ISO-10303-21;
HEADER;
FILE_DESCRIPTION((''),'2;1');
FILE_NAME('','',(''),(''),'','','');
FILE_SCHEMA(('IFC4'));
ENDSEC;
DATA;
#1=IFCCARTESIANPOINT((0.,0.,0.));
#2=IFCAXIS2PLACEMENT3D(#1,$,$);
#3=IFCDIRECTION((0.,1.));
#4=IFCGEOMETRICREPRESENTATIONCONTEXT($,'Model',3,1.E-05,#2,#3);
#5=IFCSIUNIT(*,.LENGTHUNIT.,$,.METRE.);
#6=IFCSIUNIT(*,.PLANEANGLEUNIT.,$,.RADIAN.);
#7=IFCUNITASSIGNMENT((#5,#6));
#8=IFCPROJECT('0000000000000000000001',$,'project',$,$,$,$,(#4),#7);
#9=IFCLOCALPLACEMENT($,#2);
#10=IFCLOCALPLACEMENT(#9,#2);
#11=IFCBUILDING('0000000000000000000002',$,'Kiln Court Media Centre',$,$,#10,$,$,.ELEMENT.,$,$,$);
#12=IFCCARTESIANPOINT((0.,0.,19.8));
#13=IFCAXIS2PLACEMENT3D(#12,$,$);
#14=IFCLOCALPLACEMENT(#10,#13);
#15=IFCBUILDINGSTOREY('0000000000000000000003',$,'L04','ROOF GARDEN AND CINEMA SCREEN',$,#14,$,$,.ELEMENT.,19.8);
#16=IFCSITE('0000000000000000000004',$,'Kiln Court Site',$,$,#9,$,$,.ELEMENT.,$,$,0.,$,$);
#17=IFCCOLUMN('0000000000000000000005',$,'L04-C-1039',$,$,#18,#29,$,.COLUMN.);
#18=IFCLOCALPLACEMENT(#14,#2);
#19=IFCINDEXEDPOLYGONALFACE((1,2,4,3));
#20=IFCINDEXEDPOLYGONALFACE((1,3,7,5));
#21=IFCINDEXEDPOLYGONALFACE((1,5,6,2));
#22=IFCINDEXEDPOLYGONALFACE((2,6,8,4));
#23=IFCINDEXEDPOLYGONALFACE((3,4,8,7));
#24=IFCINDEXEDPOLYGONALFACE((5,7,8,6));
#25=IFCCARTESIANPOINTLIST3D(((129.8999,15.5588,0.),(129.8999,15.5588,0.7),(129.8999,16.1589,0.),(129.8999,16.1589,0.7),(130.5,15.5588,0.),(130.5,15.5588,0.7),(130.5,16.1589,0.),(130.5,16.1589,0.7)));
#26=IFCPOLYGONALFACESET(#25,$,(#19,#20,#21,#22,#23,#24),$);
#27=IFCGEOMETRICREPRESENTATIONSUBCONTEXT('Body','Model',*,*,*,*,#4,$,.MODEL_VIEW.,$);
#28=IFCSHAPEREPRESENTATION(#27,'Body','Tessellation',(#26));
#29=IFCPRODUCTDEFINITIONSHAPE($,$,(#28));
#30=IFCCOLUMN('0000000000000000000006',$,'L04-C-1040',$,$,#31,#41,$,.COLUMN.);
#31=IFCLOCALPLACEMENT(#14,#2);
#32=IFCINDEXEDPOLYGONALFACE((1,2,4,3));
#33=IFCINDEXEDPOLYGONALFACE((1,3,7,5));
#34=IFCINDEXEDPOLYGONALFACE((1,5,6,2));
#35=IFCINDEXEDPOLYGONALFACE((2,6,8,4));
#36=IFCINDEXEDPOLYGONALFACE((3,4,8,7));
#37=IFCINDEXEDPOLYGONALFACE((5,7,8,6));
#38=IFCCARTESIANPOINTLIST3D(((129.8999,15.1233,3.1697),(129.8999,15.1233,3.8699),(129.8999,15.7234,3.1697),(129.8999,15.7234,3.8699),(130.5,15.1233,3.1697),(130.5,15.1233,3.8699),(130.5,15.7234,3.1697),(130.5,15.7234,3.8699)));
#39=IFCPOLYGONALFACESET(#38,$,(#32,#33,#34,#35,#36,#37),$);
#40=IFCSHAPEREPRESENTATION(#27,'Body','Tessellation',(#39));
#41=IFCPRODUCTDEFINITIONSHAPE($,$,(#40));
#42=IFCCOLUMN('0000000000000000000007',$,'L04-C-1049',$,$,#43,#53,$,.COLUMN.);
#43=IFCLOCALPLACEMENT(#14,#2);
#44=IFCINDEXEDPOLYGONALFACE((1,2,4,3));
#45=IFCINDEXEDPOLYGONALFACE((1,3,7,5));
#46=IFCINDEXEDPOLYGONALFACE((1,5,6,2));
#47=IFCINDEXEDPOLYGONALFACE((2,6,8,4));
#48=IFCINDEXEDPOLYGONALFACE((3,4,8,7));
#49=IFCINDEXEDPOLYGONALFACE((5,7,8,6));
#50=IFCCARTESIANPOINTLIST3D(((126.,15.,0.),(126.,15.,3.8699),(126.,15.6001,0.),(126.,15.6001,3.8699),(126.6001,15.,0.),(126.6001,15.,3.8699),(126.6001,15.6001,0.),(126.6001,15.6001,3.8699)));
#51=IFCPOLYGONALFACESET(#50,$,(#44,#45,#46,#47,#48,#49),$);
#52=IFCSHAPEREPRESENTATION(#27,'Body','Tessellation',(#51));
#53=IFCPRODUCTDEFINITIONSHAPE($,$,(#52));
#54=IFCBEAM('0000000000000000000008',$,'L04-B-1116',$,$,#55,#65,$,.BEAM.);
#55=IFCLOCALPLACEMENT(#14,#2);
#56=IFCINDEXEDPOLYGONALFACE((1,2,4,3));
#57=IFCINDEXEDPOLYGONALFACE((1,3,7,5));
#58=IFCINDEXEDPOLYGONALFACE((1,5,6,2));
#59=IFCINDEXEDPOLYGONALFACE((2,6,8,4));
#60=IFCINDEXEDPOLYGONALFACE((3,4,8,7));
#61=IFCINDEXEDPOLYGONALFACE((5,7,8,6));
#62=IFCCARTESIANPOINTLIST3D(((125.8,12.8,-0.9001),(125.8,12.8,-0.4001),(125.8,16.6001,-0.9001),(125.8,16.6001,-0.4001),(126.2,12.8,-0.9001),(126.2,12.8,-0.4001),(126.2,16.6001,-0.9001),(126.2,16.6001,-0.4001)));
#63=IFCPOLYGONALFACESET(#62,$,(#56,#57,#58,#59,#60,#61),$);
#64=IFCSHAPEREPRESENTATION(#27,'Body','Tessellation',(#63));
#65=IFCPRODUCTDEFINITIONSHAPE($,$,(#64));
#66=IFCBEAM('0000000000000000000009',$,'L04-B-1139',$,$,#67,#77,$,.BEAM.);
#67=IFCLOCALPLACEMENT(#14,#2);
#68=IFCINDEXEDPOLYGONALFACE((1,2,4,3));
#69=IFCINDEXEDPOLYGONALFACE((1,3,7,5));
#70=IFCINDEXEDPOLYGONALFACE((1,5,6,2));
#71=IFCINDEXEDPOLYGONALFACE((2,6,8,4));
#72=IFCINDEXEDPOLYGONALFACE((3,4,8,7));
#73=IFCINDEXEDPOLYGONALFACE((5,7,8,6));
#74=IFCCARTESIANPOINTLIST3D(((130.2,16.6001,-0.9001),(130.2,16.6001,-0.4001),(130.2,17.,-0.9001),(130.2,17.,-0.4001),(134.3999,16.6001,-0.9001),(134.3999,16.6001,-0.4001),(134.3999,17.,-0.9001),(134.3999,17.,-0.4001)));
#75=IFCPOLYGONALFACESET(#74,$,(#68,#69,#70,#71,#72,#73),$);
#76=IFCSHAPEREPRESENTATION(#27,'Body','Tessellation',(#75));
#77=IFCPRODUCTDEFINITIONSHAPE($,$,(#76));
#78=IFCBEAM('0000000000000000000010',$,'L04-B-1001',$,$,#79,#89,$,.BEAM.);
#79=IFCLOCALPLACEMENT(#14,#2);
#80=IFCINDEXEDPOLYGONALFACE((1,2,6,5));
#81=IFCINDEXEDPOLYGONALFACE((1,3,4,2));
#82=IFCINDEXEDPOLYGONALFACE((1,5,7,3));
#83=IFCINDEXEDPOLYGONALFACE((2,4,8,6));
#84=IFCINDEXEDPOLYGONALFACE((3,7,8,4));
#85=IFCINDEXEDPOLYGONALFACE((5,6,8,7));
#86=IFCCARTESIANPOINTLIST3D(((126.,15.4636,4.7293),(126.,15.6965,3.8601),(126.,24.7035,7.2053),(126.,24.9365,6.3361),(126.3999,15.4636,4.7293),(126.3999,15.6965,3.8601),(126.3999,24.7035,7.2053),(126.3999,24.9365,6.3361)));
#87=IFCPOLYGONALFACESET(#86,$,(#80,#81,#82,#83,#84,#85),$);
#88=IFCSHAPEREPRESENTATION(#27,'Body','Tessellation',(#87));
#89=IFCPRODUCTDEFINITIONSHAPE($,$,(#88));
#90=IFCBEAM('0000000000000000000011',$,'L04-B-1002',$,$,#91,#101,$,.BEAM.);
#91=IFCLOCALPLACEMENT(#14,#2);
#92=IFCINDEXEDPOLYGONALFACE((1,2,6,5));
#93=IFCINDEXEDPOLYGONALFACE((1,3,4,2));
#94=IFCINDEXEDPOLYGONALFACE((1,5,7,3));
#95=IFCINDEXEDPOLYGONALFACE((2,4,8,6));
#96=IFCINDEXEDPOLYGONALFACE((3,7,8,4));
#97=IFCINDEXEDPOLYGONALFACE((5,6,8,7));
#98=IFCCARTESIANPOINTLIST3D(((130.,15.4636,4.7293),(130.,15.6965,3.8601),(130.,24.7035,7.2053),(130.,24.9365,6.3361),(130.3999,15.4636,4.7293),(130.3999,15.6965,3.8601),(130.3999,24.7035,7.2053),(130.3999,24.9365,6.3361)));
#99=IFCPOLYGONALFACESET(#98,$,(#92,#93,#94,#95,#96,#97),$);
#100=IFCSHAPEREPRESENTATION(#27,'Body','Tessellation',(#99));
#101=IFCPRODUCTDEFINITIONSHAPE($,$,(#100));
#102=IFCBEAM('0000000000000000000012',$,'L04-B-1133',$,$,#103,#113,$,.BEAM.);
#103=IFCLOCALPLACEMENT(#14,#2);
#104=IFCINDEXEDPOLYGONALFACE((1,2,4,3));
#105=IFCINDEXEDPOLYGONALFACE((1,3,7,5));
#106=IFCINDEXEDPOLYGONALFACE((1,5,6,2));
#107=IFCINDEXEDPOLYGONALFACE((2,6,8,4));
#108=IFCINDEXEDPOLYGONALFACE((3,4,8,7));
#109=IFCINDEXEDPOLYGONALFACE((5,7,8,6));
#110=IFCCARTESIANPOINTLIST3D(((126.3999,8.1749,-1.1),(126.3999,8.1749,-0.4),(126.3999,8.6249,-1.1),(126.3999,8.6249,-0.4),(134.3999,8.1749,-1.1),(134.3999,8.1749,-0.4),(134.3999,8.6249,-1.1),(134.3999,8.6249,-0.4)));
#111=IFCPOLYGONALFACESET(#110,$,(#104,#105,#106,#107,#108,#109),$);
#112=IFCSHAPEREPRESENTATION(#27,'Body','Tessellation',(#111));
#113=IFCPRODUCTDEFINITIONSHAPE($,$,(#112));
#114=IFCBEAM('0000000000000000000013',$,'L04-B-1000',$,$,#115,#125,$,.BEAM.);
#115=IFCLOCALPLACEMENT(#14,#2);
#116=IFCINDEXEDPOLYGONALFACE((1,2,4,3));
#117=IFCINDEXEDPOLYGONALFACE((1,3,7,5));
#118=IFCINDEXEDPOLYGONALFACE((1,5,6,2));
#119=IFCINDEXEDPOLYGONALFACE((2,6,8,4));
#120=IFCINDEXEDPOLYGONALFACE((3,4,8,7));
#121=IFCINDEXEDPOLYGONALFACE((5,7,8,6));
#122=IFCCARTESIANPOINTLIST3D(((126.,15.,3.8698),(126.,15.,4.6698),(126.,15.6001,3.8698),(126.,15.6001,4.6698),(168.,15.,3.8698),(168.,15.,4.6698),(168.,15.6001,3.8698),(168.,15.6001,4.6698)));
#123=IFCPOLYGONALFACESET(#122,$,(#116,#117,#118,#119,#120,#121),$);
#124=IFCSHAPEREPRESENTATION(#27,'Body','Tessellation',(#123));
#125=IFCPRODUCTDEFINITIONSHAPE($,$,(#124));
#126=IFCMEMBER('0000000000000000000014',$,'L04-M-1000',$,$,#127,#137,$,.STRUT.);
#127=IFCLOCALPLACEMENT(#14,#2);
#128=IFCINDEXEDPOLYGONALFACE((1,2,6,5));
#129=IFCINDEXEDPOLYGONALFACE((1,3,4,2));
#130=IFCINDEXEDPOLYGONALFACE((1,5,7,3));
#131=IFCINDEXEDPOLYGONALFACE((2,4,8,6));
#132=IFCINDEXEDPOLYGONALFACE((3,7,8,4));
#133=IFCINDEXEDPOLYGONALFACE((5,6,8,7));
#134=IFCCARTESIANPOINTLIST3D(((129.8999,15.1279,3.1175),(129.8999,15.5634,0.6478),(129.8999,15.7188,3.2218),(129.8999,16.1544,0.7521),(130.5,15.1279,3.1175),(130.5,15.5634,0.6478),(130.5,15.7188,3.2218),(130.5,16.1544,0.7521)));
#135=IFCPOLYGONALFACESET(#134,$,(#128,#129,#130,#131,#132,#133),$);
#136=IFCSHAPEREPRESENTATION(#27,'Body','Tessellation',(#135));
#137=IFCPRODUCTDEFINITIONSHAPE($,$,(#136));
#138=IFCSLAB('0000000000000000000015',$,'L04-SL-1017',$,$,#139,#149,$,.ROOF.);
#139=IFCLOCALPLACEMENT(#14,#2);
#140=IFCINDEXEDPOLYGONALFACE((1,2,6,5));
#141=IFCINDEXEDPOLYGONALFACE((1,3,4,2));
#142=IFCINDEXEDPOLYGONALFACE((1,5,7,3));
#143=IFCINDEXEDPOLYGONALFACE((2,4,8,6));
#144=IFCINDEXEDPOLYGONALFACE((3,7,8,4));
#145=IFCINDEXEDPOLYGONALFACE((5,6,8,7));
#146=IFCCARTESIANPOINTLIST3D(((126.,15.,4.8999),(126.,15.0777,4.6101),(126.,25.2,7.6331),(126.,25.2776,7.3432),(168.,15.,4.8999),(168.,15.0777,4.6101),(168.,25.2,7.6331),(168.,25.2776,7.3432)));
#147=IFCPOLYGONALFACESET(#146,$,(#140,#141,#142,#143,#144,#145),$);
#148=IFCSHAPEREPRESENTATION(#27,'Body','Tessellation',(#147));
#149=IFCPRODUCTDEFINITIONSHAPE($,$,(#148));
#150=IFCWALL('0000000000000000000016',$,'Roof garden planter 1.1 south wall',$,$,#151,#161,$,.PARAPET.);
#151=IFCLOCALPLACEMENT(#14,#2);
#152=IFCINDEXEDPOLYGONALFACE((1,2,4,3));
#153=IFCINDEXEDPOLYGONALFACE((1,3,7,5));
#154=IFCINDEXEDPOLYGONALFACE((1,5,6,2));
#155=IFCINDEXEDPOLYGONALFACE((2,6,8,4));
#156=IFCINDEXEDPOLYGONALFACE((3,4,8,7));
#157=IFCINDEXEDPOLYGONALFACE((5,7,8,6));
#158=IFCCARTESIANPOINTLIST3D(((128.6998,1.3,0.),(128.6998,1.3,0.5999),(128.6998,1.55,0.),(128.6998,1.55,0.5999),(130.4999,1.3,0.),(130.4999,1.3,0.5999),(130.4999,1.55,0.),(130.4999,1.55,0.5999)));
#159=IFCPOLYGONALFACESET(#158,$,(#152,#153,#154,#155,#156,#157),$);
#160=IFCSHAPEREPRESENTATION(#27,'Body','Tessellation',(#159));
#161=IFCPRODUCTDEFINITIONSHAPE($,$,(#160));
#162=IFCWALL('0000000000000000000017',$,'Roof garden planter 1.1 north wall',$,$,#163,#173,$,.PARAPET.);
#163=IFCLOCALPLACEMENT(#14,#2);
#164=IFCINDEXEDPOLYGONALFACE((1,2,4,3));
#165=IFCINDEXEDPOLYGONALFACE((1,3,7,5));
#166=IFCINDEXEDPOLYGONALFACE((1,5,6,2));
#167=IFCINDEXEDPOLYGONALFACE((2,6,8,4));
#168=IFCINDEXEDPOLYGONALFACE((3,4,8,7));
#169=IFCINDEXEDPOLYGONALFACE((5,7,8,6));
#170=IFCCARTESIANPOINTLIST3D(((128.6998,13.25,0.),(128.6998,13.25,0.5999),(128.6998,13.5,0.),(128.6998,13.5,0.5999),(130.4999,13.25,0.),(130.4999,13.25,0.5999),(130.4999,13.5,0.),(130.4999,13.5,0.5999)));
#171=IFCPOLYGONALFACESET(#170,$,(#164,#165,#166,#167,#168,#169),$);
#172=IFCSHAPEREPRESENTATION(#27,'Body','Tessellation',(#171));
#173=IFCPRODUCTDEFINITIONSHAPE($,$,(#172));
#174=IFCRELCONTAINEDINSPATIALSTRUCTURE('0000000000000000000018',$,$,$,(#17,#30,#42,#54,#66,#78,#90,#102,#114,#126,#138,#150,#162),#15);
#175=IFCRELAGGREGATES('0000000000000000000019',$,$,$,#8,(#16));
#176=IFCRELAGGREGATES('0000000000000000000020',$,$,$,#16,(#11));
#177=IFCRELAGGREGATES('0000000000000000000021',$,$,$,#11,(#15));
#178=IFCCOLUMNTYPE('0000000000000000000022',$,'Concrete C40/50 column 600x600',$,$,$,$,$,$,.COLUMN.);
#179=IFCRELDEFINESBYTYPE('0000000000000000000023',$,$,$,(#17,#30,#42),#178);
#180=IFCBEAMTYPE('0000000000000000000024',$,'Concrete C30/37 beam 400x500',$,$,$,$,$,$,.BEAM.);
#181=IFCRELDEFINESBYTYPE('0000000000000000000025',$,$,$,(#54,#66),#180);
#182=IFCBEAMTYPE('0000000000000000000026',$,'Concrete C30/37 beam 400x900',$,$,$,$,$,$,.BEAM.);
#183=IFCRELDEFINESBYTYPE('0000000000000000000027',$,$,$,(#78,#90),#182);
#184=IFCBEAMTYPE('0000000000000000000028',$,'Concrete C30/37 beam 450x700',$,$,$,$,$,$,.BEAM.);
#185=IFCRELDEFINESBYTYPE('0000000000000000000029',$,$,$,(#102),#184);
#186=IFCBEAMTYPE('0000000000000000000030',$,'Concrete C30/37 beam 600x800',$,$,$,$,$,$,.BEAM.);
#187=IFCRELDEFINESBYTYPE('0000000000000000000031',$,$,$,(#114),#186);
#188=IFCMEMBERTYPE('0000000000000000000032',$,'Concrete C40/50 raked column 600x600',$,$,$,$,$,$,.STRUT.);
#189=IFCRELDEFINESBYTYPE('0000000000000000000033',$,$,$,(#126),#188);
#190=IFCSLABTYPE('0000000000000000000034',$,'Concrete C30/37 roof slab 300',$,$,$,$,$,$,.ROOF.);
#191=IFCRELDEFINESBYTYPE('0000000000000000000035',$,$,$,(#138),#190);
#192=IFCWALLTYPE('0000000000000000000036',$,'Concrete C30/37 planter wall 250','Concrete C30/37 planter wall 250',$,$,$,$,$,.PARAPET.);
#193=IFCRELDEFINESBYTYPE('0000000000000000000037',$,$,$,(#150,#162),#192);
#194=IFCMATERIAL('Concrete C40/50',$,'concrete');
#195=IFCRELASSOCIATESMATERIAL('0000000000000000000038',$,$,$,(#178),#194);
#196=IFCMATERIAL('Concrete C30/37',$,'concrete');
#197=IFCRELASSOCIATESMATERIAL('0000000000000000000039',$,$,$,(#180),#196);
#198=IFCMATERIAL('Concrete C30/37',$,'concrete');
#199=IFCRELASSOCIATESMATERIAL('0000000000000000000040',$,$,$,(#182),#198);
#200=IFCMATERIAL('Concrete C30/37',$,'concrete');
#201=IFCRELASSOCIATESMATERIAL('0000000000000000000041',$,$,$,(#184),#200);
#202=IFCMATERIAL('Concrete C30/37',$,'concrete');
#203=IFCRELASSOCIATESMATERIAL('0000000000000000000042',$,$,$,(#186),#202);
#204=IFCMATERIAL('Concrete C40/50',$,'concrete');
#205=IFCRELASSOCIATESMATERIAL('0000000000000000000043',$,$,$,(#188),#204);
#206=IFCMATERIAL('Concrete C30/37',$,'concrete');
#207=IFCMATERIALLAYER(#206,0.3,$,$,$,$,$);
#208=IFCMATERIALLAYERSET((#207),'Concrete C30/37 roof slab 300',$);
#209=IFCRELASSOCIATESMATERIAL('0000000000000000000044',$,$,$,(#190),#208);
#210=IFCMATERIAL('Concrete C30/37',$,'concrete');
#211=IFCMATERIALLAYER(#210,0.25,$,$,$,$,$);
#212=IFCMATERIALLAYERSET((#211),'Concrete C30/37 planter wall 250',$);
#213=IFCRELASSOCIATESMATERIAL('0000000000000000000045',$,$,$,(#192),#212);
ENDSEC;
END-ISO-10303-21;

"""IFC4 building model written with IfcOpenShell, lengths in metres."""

from ifc_helpers import new_model, si_unit, direction, frame, frame_2d, origin, origin_2d, place, context, subcontext, project, spatial, polyline, rectangle, outline, extrude, material, layer, layer_set, material_profile, profile_set, type_object, element, save


model = new_model("IFC4")

# Units and contexts
model_context = context("Model", 3, precision=1e-05, world=origin(), true_north=direction((0.0, 1.0)))
body_context = subcontext(model_context, "Body", "Model", "MODEL_VIEW")
ifc_project = project(units=[si_unit("LENGTHUNIT", "METRE"), si_unit("PLANEANGLEUNIT", "RADIAN")], contexts=[model_context])

# Site, building, storey
site_placement = place(None, origin())
site = spatial("IfcSite", under=ifc_project, at=site_placement, Name="Kiln Court Site", CompositionType="ELEMENT", RefElevation=0.0)
building_placement = place(site_placement, origin())
building = spatial("IfcBuilding", under=site, at=building_placement, Name="Kiln Court Media Centre", CompositionType="ELEMENT")
storey_placement = place(building_placement, frame((0.0, 0.0, 19.8)))
storey = spatial("IfcBuildingStorey", under=building, at=storey_placement, Name="L04", Description="ROOF GARDEN AND CINEMA SCREEN", CompositionType="ELEMENT", Elevation=19.8)

# Columns
ifc_material_1 = material(Name="Concrete C40/50", Category="concrete")
ifc_material_profile_1 = material_profile(ifc_material_1, rectangle(XDim=0.6001, YDim=0.6001, at=origin_2d()), Name="RC 600x600")
ifc_profile_set_1 = profile_set([ifc_material_profile_1], Name="Concrete C40/50")
column_type = type_object("IfcColumnType", Name="Concrete C40/50 column 600x600", PredefinedType="COLUMN", material=ifc_profile_set_1)
column_1_placement = place(storey_placement, frame((130.2, 15.8589, 0.0), z_axis=(0.0, 0.0, 1.0), x_axis=(1.0, 0.0, 0.0)))
element("IfcColumn", 1, at=column_1_placement, inside=storey, type_object=column_type, Name="L04-C-1039", PredefinedType="COLUMN", context=body_context, shape_type="SweptSolid", body=[
    extrude(rectangle(XDim=0.6001, YDim=0.6001, at=origin_2d()), origin(), (0.0, 0.0, 1.0), 0.7),
])
column_2_placement = place(storey_placement, frame((130.2, 15.4233, 3.1697), z_axis=(0.0, 0.0, 1.0), x_axis=(1.0, 0.0, 0.0)))
element("IfcColumn", 2, at=column_2_placement, inside=storey, type_object=column_type, Name="L04-C-1040", PredefinedType="COLUMN", context=body_context, shape_type="SweptSolid", body=[
    extrude(rectangle(XDim=0.6001, YDim=0.6001, at=origin_2d()), origin(), (0.0, 0.0, 1.0), 0.7002),
])
column_3_placement = place(storey_placement, frame((126.3, 15.3, 0.0), z_axis=(0.0, 0.0, 1.0), x_axis=(1.0, 0.0, 0.0)))
element("IfcColumn", 3, at=column_3_placement, inside=storey, type_object=column_type, Name="L04-C-1049", PredefinedType="COLUMN", context=body_context, shape_type="SweptSolid", body=[
    extrude(rectangle(XDim=0.6001, YDim=0.6001, at=origin_2d()), origin(), (0.0, 0.0, 1.0), 3.8699),
])

# Beams
ifc_material_2 = material(Name="Concrete C30/37", Category="concrete")
ifc_material_profile_2 = material_profile(ifc_material_2, rectangle(XDim=0.3999, YDim=0.5, at=origin_2d()), Name="RC 400x500")
ifc_profile_set_2 = profile_set([ifc_material_profile_2], Name="Concrete C30/37")
beam_type_1 = type_object("IfcBeamType", Name="Concrete C30/37 beam 400x500", PredefinedType="BEAM", material=ifc_profile_set_2)
beam_1_placement = place(storey_placement, frame((126.0, 12.8, -0.6501), z_axis=(0.0, 1.0, 0.0), x_axis=(-1.0, 0.0, 0.0)))
element("IfcBeam", 4, at=beam_1_placement, inside=storey, type_object=beam_type_1, Name="L04-B-1116", PredefinedType="BEAM", context=body_context, shape_type="SweptSolid", body=[
    extrude(rectangle(XDim=0.3999, YDim=0.5, at=origin_2d()), origin(), (0.0, 0.0, 1.0), 3.8),
])
beam_2_placement = place(storey_placement, frame((130.2, 16.8, -0.6501), z_axis=(1.0, 0.0, 0.0), x_axis=(0.0, 1.0, 0.0)))
element("IfcBeam", 5, at=beam_2_placement, inside=storey, type_object=beam_type_1, Name="L04-B-1139", PredefinedType="BEAM", context=body_context, shape_type="SweptSolid", body=[
    extrude(rectangle(XDim=0.3999, YDim=0.5, at=origin_2d()), origin(), (0.0, 0.0, 1.0), 4.2),
])
ifc_material_3 = material(Name="Concrete C30/37", Category="concrete")
ifc_material_profile_3 = material_profile(ifc_material_3, rectangle(XDim=0.3999, YDim=0.8999, at=origin_2d()), Name="RC 400x900")
ifc_profile_set_3 = profile_set([ifc_material_profile_3], Name="Concrete C30/37")
beam_type_2 = type_object("IfcBeamType", Name="Concrete C30/37 beam 400x900", PredefinedType="BEAM", material=ifc_profile_set_3)
for number, where, z_axis, x_axis, name in (
    (6, (126.2, 15.5801, 4.2947), (0.0, 0.96592, 0.258841), (-1.0, 0.0, 0.0), "L04-B-1001"),
    (7, (130.2, 15.5801, 4.2947), (0.0, 0.96592, 0.258841), (-1.0, 0.0, 0.0), "L04-B-1002"),
):
    element("IfcBeam", number, at=place(storey_placement, frame(where, z_axis=z_axis, x_axis=x_axis)), inside=storey, type_object=beam_type_2, Name=name, PredefinedType="BEAM", context=body_context, shape_type="SweptSolid", body=[
        extrude(rectangle(XDim=0.3999, YDim=0.8999, at=origin_2d()), origin(), (0.0, 0.0, 1.0), 9.5659),
    ])
ifc_material_4 = material(Name="Concrete C30/37", Category="concrete")
ifc_material_profile_4 = material_profile(ifc_material_4, rectangle(XDim=0.45, YDim=0.7, at=origin_2d()), Name="RC 450x700")
ifc_profile_set_4 = profile_set([ifc_material_profile_4], Name="Concrete C30/37")
beam_type_3 = type_object("IfcBeamType", Name="Concrete C30/37 beam 450x700", PredefinedType="BEAM", material=ifc_profile_set_4)
beam_3_placement = place(storey_placement, frame((126.3999, 8.3999, -0.75), z_axis=(1.0, 0.0, 0.0), x_axis=(0.0, 1.0, 0.0)))
element("IfcBeam", 8, at=beam_3_placement, inside=storey, type_object=beam_type_3, Name="L04-B-1133", PredefinedType="BEAM", context=body_context, shape_type="SweptSolid", body=[
    extrude(rectangle(XDim=0.45, YDim=0.7, at=origin_2d()), origin(), (0.0, 0.0, 1.0), 8.0),
])
ifc_material_5 = material(Name="Concrete C30/37", Category="concrete")
ifc_material_profile_5 = material_profile(ifc_material_5, rectangle(XDim=0.6001, YDim=0.8, at=origin_2d()), Name="RC 600x800")
ifc_profile_set_5 = profile_set([ifc_material_profile_5], Name="Concrete C30/37")
beam_type_4 = type_object("IfcBeamType", Name="Concrete C30/37 beam 600x800", PredefinedType="BEAM", material=ifc_profile_set_5)
beam_4_placement = place(storey_placement, frame((126.0, 15.3, 4.2698), z_axis=(1.0, 0.0, 0.0), x_axis=(0.0, 1.0, 0.0)))
element("IfcBeam", 9, at=beam_4_placement, inside=storey, type_object=beam_type_4, Name="L04-B-1000", PredefinedType="BEAM", context=body_context, shape_type="SweptSolid", body=[
    extrude(rectangle(XDim=0.6001, YDim=0.8, at=origin_2d()), origin(), (0.0, 0.0, 1.0), 42.0),
])

# Member
ifc_material_6 = material(Name="Concrete C40/50", Category="concrete")
ifc_material_profile_6 = material_profile(ifc_material_6, rectangle(XDim=0.6001, YDim=0.6001, at=origin_2d()), Name="RC 600x600")
ifc_profile_set_6 = profile_set([ifc_material_profile_6], Name="Concrete C40/50")
member_type = type_object("IfcMemberType", Name="Concrete C40/50 raked column 600x600", PredefinedType="STRUT", material=ifc_profile_set_6)
member_placement = place(storey_placement, frame((130.2, 15.8589, 0.7), z_axis=(0.0, -0.173674, 0.984803), x_axis=(1.0, 0.0, 0.0)))
element("IfcMember", 10, at=member_placement, inside=storey, type_object=member_type, Name="L04-M-1000", PredefinedType="STRUT", context=body_context, shape_type="SweptSolid", body=[
    extrude(rectangle(XDim=0.6001, YDim=0.6001, at=origin_2d()), origin(), (0.0, 0.0, 1.0), 2.5078),
])

# Slab
ifc_material_7 = material(Name="Concrete C30/37", Category="concrete")
ifc_layer_1 = layer(ifc_material_7, 0.3)
ifc_layer_set_1 = layer_set([ifc_layer_1], Name="Concrete C30/37 roof slab 300")
slab_type = type_object("IfcSlabType", Name="Concrete C30/37 roof slab 300", PredefinedType="ROOF", material=ifc_layer_set_1)
slab_placement = place(storey_placement, frame((126.0, 15.0, 4.8999), z_axis=(0.0, -0.258827, 0.965924), x_axis=(1.0, 0.0, 0.0)))
element("IfcSlab", 11, at=slab_placement, inside=storey, type_object=slab_type, Name="L04-SL-1017", PredefinedType="ROOF", context=body_context, shape_type="SweptSolid", body=[
    extrude(outline(polyline([(0.0, 0.0), (42.0, 0.0), (42.0, 10.5598), (0.0, 10.5598), (0.0, 0.0)])), origin(), (0.0, 0.0, -1.0), 0.3),
])

# Walls
ifc_material_8 = material(Name="Concrete C30/37", Category="concrete")
ifc_layer_2 = layer(ifc_material_8, 0.25)
ifc_layer_set_2 = layer_set([ifc_layer_2], Name="Concrete C30/37 planter wall 250")
wall_type_1 = type_object("IfcWallType", Name="Concrete C30/37 planter wall 250", Description="Concrete C30/37 planter wall 250", PredefinedType="PARAPET", material=ifc_layer_set_2)
for number, where, z_axis, x_axis, name in (
    (12, (128.7, 1.425, 0.0), (0.0, 0.0, 1.0), (1.0, 0.0, 0.0), "Roof garden planter 1.1 south wall"),
    (13, (128.7, 13.375, 0.0), (0.0, 0.0, 1.0), (1.0, 0.0, 0.0), "Roof garden planter 1.1 north wall"),
):
    element("IfcWall", number, at=place(storey_placement, frame(where, z_axis=z_axis, x_axis=x_axis)), inside=storey, type_object=wall_type_1, Name=name, PredefinedType="PARAPET", context=body_context, shape_type="SweptSolid", body=[
        extrude(rectangle(XDim=1.8, YDim=0.25, at=frame_2d((0.8999, 0.0))), origin(), (0.0, 0.0, 1.0), 0.5999),
    ])

save(model, "model.ifc")
